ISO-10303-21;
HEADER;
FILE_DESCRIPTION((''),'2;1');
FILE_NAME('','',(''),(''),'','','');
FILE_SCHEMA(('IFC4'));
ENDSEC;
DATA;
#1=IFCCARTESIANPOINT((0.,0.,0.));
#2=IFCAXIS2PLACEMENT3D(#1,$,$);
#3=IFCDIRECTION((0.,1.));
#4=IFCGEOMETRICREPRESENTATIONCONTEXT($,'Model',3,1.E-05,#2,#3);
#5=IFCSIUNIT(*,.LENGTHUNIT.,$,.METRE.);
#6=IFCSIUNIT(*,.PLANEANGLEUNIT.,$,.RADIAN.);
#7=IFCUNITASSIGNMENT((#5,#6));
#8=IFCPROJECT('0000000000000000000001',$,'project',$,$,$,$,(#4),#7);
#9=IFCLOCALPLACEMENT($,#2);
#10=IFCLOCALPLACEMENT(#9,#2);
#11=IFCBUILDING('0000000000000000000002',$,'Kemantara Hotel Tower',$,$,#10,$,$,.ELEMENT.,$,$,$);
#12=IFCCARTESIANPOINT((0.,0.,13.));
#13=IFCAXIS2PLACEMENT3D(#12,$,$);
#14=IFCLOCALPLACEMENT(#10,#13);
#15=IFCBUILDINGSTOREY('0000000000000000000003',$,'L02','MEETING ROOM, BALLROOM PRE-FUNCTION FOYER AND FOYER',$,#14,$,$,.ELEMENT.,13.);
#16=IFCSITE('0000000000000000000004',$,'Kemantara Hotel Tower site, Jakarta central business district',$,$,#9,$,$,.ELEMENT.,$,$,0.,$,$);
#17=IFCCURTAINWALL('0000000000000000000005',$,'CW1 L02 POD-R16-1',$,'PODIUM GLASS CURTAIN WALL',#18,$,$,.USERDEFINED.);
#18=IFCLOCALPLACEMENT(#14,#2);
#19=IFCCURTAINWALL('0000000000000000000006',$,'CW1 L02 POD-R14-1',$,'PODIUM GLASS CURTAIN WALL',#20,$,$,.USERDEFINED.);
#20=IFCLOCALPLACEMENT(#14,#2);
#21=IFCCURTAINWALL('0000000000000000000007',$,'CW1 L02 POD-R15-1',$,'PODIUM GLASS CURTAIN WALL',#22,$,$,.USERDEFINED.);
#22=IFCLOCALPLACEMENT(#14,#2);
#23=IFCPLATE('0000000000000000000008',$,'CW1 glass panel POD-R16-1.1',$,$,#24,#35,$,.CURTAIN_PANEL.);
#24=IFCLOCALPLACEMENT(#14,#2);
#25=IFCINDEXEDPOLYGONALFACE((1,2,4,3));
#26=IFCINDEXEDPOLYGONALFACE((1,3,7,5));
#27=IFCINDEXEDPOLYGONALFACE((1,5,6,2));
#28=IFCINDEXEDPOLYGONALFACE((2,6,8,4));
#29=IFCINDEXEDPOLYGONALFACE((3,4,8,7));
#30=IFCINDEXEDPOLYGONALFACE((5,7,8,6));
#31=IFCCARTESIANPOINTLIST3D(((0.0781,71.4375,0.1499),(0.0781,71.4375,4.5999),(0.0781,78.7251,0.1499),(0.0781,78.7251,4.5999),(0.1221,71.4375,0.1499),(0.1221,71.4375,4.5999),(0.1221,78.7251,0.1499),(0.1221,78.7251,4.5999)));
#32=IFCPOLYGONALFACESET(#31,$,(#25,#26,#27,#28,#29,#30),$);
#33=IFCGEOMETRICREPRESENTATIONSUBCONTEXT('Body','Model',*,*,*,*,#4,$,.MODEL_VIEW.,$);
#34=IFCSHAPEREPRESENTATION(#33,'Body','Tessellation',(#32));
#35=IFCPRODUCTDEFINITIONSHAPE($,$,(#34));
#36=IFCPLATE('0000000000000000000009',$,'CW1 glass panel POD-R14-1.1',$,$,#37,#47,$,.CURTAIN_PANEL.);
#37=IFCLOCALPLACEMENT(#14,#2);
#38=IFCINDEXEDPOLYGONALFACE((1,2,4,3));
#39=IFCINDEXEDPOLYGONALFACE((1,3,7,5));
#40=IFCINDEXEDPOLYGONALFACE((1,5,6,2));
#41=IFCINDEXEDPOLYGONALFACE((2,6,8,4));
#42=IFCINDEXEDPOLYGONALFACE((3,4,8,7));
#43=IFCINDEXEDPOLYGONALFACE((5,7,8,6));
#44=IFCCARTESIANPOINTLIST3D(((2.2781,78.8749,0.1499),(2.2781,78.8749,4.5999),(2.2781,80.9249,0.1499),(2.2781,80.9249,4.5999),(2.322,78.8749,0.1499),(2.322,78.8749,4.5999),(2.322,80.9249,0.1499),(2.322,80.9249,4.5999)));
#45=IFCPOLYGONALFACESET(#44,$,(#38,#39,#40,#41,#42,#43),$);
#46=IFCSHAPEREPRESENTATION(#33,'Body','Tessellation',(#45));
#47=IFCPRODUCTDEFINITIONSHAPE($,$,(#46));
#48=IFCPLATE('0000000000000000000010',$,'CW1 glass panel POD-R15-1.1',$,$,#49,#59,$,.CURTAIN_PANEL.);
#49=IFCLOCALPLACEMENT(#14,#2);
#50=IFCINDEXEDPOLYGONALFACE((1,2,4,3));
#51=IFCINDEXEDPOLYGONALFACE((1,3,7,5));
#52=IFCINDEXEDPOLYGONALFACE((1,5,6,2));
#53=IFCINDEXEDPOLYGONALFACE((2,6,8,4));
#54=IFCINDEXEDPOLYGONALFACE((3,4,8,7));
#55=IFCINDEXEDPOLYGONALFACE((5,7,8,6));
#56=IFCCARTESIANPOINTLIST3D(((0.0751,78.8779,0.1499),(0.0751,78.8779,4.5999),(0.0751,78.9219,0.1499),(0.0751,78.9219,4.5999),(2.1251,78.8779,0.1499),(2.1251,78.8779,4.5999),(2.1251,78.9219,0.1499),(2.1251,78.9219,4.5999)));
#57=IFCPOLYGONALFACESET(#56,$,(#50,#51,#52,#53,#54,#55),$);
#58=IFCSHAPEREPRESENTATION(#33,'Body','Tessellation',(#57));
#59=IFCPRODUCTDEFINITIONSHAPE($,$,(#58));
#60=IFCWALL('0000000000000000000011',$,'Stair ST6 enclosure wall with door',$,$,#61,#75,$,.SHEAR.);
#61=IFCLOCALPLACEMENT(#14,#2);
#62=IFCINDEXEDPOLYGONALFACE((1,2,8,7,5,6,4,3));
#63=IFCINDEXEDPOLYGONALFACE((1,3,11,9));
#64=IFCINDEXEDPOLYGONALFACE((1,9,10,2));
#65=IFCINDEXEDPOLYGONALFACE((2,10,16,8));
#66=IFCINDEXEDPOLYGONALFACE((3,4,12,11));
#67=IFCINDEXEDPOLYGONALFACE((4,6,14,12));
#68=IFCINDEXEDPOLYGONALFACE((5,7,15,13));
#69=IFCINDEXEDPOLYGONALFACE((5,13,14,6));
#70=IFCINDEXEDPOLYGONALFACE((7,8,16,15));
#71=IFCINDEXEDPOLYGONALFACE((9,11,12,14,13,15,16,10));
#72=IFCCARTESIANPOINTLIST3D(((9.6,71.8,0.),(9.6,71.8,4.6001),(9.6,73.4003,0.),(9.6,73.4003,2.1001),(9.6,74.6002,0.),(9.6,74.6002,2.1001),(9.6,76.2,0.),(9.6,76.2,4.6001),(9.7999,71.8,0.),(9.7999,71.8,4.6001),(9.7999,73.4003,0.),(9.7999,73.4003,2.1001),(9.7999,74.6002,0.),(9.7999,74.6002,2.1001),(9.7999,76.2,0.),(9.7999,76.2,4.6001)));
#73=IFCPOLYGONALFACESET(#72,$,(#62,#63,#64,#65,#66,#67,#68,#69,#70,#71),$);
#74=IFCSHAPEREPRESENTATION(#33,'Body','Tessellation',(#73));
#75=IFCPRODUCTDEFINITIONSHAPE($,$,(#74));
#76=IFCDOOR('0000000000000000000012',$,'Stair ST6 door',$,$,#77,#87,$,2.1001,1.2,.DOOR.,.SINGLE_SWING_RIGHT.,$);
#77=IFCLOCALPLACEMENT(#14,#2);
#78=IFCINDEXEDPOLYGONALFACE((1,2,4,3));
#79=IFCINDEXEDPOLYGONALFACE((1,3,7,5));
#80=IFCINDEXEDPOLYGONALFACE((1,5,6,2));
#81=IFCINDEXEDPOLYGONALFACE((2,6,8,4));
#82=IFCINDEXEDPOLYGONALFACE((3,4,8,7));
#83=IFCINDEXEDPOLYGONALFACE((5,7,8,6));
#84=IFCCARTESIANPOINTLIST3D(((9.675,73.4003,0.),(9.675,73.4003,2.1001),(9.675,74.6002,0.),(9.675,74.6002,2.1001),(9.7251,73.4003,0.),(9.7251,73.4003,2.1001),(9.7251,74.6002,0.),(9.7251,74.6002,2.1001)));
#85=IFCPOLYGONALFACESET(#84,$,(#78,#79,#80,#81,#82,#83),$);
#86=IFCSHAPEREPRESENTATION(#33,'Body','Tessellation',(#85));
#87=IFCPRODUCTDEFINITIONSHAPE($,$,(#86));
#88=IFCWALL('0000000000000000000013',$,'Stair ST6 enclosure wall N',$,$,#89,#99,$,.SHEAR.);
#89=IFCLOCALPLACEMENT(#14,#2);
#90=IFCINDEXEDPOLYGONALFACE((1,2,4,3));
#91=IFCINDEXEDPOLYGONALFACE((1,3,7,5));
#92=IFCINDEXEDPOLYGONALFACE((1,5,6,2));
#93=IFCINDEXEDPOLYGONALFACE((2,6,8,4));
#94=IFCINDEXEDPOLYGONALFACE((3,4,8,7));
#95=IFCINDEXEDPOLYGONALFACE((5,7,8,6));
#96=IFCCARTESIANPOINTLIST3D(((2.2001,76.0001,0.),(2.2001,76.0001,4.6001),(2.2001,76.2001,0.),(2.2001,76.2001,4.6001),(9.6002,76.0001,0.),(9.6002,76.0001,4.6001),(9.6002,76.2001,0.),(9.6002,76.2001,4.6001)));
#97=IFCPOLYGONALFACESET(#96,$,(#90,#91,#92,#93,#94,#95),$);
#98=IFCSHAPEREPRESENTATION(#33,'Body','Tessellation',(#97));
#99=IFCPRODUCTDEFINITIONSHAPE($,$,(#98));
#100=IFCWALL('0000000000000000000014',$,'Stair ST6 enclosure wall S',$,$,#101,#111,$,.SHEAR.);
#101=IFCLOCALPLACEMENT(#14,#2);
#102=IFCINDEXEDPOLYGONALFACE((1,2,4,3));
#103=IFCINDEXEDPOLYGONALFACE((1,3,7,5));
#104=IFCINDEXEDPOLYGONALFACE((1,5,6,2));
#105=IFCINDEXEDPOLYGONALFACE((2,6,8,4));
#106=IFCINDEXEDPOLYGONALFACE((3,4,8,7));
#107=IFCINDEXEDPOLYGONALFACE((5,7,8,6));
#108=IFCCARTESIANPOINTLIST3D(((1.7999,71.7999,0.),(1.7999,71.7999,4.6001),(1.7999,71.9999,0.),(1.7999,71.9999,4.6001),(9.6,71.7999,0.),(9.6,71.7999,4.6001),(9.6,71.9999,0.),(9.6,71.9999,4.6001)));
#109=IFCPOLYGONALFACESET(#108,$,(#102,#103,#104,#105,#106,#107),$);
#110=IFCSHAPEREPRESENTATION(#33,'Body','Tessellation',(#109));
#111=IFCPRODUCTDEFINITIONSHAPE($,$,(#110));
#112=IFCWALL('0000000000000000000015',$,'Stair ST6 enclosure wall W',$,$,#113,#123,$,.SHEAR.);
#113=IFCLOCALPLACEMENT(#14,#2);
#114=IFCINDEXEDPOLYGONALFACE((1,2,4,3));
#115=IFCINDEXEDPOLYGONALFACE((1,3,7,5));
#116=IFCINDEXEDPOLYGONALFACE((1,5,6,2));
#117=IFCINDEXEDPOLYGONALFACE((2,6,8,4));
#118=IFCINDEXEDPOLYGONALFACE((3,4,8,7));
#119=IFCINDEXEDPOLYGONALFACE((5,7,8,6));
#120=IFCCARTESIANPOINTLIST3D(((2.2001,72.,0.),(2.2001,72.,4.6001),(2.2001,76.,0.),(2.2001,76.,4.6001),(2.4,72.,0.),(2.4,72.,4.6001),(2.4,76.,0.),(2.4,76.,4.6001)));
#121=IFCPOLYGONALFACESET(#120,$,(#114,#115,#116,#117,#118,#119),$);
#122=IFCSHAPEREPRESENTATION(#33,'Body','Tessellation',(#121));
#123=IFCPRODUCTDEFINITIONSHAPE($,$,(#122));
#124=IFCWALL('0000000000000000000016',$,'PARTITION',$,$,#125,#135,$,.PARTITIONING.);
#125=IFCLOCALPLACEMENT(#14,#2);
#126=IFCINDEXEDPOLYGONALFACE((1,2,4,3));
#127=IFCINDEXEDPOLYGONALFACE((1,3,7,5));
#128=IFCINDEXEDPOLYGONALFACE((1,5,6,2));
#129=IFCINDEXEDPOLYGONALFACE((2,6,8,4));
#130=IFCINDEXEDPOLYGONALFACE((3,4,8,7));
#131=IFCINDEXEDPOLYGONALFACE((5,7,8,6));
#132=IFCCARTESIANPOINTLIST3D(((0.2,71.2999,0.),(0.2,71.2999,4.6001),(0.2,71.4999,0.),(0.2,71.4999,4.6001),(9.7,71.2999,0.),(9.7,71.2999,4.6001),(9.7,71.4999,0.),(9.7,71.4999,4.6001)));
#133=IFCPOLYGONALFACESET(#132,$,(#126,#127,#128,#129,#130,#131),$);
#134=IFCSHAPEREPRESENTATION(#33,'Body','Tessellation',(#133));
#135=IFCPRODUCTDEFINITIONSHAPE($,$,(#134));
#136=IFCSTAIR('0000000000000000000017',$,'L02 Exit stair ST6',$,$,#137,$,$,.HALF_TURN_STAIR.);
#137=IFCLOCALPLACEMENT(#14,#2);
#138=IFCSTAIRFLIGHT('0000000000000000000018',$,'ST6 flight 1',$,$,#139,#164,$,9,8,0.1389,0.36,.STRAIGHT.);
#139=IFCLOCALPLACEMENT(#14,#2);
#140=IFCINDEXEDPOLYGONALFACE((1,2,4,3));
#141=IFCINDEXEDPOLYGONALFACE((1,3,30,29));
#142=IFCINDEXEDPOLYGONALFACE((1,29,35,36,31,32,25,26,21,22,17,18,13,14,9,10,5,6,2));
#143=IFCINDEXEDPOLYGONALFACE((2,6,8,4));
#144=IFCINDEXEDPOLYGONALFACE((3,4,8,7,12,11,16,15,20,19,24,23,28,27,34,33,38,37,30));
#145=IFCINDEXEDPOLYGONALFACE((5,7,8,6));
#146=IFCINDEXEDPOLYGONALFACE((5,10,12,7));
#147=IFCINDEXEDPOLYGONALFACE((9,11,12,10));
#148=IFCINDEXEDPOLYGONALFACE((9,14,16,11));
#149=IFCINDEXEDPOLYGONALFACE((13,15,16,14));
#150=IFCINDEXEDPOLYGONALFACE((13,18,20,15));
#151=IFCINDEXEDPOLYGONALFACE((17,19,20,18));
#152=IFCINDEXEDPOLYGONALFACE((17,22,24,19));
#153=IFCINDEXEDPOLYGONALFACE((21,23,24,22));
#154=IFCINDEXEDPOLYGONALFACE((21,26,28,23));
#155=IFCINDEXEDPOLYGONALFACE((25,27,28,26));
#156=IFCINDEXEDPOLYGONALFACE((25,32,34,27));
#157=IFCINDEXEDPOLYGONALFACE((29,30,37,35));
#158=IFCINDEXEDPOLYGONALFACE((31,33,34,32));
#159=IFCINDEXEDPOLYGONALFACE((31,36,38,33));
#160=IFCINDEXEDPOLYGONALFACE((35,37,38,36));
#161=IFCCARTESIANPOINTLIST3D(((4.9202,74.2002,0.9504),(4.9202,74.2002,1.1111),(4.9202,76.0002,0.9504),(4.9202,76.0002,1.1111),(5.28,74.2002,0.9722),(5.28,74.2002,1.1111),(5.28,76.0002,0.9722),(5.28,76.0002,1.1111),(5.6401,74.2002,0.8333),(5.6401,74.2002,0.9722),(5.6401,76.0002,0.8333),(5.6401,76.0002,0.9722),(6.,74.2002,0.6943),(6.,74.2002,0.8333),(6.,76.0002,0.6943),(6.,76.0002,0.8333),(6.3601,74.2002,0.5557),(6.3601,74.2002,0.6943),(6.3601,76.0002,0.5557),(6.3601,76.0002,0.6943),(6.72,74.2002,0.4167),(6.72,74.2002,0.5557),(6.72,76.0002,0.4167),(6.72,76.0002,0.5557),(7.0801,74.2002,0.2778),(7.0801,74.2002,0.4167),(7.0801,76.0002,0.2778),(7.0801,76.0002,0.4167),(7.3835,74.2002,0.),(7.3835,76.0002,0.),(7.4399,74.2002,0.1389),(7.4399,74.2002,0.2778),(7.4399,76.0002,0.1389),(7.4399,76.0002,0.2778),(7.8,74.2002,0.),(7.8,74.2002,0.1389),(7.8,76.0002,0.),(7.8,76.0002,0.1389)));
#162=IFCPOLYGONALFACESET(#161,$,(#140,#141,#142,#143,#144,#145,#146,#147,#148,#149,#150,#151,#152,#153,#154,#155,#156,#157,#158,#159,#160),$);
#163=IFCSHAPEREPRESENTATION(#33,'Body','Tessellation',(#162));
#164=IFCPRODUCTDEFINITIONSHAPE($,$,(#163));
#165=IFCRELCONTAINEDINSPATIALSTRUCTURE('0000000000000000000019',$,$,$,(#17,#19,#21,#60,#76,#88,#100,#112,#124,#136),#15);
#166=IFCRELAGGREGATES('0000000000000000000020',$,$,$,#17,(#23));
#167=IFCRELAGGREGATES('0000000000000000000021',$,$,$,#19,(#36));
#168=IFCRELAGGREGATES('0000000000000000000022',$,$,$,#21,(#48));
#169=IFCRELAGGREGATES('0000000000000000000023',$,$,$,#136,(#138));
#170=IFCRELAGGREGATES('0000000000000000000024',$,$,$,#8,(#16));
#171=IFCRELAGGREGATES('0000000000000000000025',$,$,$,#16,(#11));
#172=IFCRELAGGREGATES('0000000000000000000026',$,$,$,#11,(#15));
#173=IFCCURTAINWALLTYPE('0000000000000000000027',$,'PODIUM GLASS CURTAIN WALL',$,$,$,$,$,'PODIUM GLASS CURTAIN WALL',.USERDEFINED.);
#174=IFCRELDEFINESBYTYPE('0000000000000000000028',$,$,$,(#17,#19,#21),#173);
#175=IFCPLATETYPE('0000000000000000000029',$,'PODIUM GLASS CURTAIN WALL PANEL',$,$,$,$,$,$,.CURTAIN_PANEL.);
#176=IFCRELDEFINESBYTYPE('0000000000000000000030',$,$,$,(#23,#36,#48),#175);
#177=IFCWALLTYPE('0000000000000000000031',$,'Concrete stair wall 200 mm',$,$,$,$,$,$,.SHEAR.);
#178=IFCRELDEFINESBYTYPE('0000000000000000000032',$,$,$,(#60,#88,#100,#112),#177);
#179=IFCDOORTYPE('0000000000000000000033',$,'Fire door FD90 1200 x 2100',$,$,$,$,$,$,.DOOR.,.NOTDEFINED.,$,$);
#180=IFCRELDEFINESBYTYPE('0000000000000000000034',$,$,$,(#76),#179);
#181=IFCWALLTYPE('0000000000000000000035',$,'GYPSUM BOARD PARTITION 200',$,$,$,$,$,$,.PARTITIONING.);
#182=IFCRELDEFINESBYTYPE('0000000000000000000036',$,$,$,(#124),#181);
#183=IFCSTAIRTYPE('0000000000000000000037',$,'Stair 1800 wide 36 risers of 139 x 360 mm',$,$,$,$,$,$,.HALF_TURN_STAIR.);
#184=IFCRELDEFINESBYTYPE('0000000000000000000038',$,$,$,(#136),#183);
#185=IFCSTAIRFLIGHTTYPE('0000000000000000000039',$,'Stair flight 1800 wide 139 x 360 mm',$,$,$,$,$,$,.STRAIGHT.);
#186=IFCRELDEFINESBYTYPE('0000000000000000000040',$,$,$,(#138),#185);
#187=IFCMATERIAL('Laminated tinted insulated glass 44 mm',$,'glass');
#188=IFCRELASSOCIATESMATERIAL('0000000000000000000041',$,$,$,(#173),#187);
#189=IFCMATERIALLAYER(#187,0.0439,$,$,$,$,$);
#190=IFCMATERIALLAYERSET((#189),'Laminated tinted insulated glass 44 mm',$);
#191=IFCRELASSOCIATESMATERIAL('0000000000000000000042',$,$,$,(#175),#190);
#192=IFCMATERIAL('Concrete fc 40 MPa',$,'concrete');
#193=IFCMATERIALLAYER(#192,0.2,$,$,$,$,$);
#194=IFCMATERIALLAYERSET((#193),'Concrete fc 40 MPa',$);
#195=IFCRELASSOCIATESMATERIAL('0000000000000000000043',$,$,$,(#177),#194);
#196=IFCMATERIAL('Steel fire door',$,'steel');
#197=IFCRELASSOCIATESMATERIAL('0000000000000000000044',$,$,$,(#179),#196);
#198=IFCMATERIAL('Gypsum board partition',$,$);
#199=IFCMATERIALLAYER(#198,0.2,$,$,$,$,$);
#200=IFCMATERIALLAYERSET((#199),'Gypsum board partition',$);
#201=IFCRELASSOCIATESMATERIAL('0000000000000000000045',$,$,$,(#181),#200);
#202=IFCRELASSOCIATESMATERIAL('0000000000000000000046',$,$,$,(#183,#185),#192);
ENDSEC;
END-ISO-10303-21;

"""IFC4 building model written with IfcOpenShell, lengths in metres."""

from ifc_helpers import new_model, si_unit, direction, frame, frame_2d, origin, origin_2d, place, context, subcontext, project, spatial, polyline, rectangle, outline, extrude, source, transform, mapped, material, layer, layer_set, type_object, element, fill, aggregate, save


model = new_model("IFC4")

# Units and contexts
model_context = context("Model", 3, precision=1e-05, world=origin(), true_north=direction((0.0, 1.0)))
body_context = subcontext(model_context, "Body", "Model", "MODEL_VIEW")
ifc_project = project(units=[si_unit("LENGTHUNIT", "METRE"), si_unit("PLANEANGLEUNIT", "RADIAN")], contexts=[model_context])

# Site, building, storey
site_placement = place(None, origin())
site = spatial("IfcSite", under=ifc_project, at=site_placement, Name="Kemantara Hotel Tower site, Jakarta central business district", CompositionType="ELEMENT", RefElevation=0.0)
building_placement = place(site_placement, origin())
building = spatial("IfcBuilding", under=site, at=building_placement, Name="Kemantara Hotel Tower", CompositionType="ELEMENT")
storey_placement = place(building_placement, frame((0.0, 0.0, 13.0)))
storey = spatial("IfcBuildingStorey", under=building, at=storey_placement, Name="L02", Description="MEETING ROOM, BALLROOM PRE-FUNCTION FOYER AND FOYER", CompositionType="ELEMENT", Elevation=13.0)

# Curtain walls
ifc_material_1 = material(Name="Laminated tinted insulated glass 44 mm", Category="glass")
curtain_wall_type = type_object("IfcCurtainWallType", Name="PODIUM GLASS CURTAIN WALL", ElementType="PODIUM GLASS CURTAIN WALL", PredefinedType="USERDEFINED", material=ifc_material_1)
curtain_wall_1_placement = place(storey_placement, origin())
curtain_wall_1 = element("IfcCurtainWall", 1, at=curtain_wall_1_placement, inside=storey, type_object=curtain_wall_type, Name="CW1 L02 POD-R16-1", ObjectType="PODIUM GLASS CURTAIN WALL", PredefinedType="USERDEFINED")
curtain_wall_2_placement = place(storey_placement, origin())
curtain_wall_2 = element("IfcCurtainWall", 2, at=curtain_wall_2_placement, inside=storey, type_object=curtain_wall_type, Name="CW1 L02 POD-R14-1", ObjectType="PODIUM GLASS CURTAIN WALL", PredefinedType="USERDEFINED")
curtain_wall_3_placement = place(storey_placement, origin())
curtain_wall_3 = element("IfcCurtainWall", 3, at=curtain_wall_3_placement, inside=storey, type_object=curtain_wall_type, Name="CW1 L02 POD-R15-1", ObjectType="PODIUM GLASS CURTAIN WALL", PredefinedType="USERDEFINED")

# Plates
ifc_layer_1 = layer(ifc_material_1, 0.0439)
ifc_layer_set_1 = layer_set([ifc_layer_1], Name="Laminated tinted insulated glass 44 mm")
plate_type = type_object("IfcPlateType", Name="PODIUM GLASS CURTAIN WALL PANEL", PredefinedType="CURTAIN_PANEL", material=ifc_layer_set_1)
shared_shape_1 = source(origin(), body_context, "Body", "SweptSolid", [
    extrude(rectangle(XDim=7.2876, YDim=0.0439, at=origin_2d()), origin(), (0.0, 0.0, 1.0), 4.45),
])
plate_1_placement = place(storey_placement, frame((0.1001, 75.0813, 0.1499), z_axis=(0.0, 0.0, 1.0), x_axis=(0.0, -1.0, 0.0)))
plate_1 = element("IfcPlate", 4, at=plate_1_placement, type_object=plate_type, Name="CW1 glass panel POD-R16-1.1", PredefinedType="CURTAIN_PANEL", context=body_context, shape_type="MappedRepresentation", body=[
    mapped(shared_shape_1, transform((0.0, 0.0, 0.0))),
])
aggregate(curtain_wall_1, [plate_1])
shared_shape_2 = source(origin(), body_context, "Body", "SweptSolid", [
    extrude(rectangle(XDim=2.05, YDim=0.0439, at=origin_2d()), origin(), (0.0, 0.0, 1.0), 4.45),
])
plate_2_placement = place(storey_placement, frame((2.3, 79.8999, 0.1499), z_axis=(0.0, 0.0, 1.0), x_axis=(0.0, -1.0, 0.0)))
plate_2 = element("IfcPlate", 5, at=plate_2_placement, type_object=plate_type, Name="CW1 glass panel POD-R14-1.1", PredefinedType="CURTAIN_PANEL", context=body_context, shape_type="MappedRepresentation", body=[
    mapped(shared_shape_2, transform((0.0, 0.0, 0.0))),
])
aggregate(curtain_wall_2, [plate_2])
plate_3_placement = place(storey_placement, frame((1.1001, 78.8999, 0.1499), z_axis=(0.0, 0.0, 1.0), x_axis=(-1.0, 0.0, 0.0)))
plate_3 = element("IfcPlate", 6, at=plate_3_placement, type_object=plate_type, Name="CW1 glass panel POD-R15-1.1", PredefinedType="CURTAIN_PANEL", context=body_context, shape_type="MappedRepresentation", body=[
    mapped(shared_shape_2, transform((0.0, 0.0, 0.0))),
])
aggregate(curtain_wall_3, [plate_3])

# Wall, opening, door
ifc_material_2 = material(Name="Concrete fc 40 MPa", Category="concrete")
ifc_layer_2 = layer(ifc_material_2, 0.2)
ifc_layer_set_2 = layer_set([ifc_layer_2], Name="Concrete fc 40 MPa")
wall_type_1 = type_object("IfcWallType", Name="Concrete stair wall 200 mm", PredefinedType="SHEAR", material=ifc_layer_set_2)
wall_1_placement = place(storey_placement, frame((9.7, 71.8, 0.0), z_axis=(0.0, 0.0, 1.0), x_axis=(0.0, 1.0, 0.0)))
wall_1 = element("IfcWall", 7, at=wall_1_placement, inside=storey, type_object=wall_type_1, Name="Stair ST6 enclosure wall with door", PredefinedType="SHEAR", context=body_context, shape_type="SweptSolid", body=[
    extrude(rectangle(XDim=4.3999, YDim=0.2, at=frame_2d((2.2, 0.0))), origin(), (0.0, 0.0, 1.0), 4.6001),
])
opening_placement = place(wall_1_placement, frame((1.6001, 0.0, 0.0)))
opening = element("IfcOpeningElement", 8, at=opening_placement, cuts=wall_1, PredefinedType="OPENING", context=body_context, shape_type="SweptSolid", body=[
    extrude(rectangle(XDim=1.2, YDim=2.1001, at=frame_2d((0.6001, 1.05))), frame((0.0, 0.1099, 0.0), z_axis=(0.0, -1.0, 0.0), x_axis=(1.0, 0.0, 0.0)), (0.0, 0.0, 1.0), 0.22),
])
ifc_material_3 = material(Name="Steel fire door", Category="steel")
door_type = type_object("IfcDoorType", Name="Fire door FD90 1200 x 2100", OperationType="NOTDEFINED", PredefinedType="DOOR", material=ifc_material_3)
door_placement = place(opening_placement, origin())
door = element("IfcDoor", 9, at=door_placement, inside=storey, type_object=door_type, Name="Stair ST6 door", OperationType="SINGLE_SWING_RIGHT", OverallHeight=2.1001, OverallWidth=1.2, PredefinedType="DOOR", context=body_context, shape_type="SweptSolid", body=[
    extrude(rectangle(XDim=1.2, YDim=2.1001, at=frame_2d((0.6001, 1.05))), frame((0.0, 0.0249, 0.0), z_axis=(0.0, -1.0, 0.0), x_axis=(1.0, 0.0, 0.0)), (0.0, 0.0, 1.0), 0.05),
])
fill(opening, door)

# Walls
wall_2_placement = place(storey_placement, frame((2.2, 76.1001, 0.0), z_axis=(0.0, 0.0, 1.0), x_axis=(1.0, 0.0, 0.0)))
element("IfcWall", 10, at=wall_2_placement, inside=storey, type_object=wall_type_1, Name="Stair ST6 enclosure wall N", PredefinedType="SHEAR", context=body_context, shape_type="SweptSolid", body=[
    extrude(rectangle(XDim=7.4001, YDim=0.2, at=frame_2d((3.7002, 0.0))), origin(), (0.0, 0.0, 1.0), 4.6001),
])
wall_3_placement = place(storey_placement, frame((1.8, 71.8999, 0.0), z_axis=(0.0, 0.0, 1.0), x_axis=(1.0, 0.0, 0.0)))
element("IfcWall", 11, at=wall_3_placement, inside=storey, type_object=wall_type_1, Name="Stair ST6 enclosure wall S", PredefinedType="SHEAR", context=body_context, shape_type="SweptSolid", body=[
    extrude(rectangle(XDim=7.8, YDim=0.2, at=frame_2d((3.8999, 0.0))), origin(), (0.0, 0.0, 1.0), 4.6001),
])
wall_4_placement = place(storey_placement, frame((2.3, 72.0, 0.0), z_axis=(0.0, 0.0, 1.0), x_axis=(0.0, 1.0, 0.0)))
element("IfcWall", 12, at=wall_4_placement, inside=storey, type_object=wall_type_1, Name="Stair ST6 enclosure wall W", PredefinedType="SHEAR", context=body_context, shape_type="SweptSolid", body=[
    extrude(rectangle(XDim=4.0, YDim=0.2, at=frame_2d((2.0, 0.0))), origin(), (0.0, 0.0, 1.0), 4.6001),
])
ifc_material_4 = material(Name="Gypsum board partition")
ifc_layer_3 = layer(ifc_material_4, 0.2)
ifc_layer_set_3 = layer_set([ifc_layer_3], Name="Gypsum board partition")
wall_type_2 = type_object("IfcWallType", Name="GYPSUM BOARD PARTITION 200", PredefinedType="PARTITIONING", material=ifc_layer_set_3)
wall_5_placement = place(storey_placement, frame((0.2, 71.3999, 0.0), z_axis=(0.0, 0.0, 1.0), x_axis=(1.0, 0.0, 0.0)))
element("IfcWall", 13, at=wall_5_placement, inside=storey, type_object=wall_type_2, Name="PARTITION", PredefinedType="PARTITIONING", context=body_context, shape_type="SweptSolid", body=[
    extrude(rectangle(XDim=9.5, YDim=0.2, at=frame_2d((4.75, 0.0))), origin(), (0.0, 0.0, 1.0), 4.6001),
])

# Stair, stair flight
stair_type = type_object("IfcStairType", Name="Stair 1800 wide 36 risers of 139 x 360 mm", PredefinedType="HALF_TURN_STAIR", material=ifc_material_2)
stair_placement = place(storey_placement, origin())
stair = element("IfcStair", 14, at=stair_placement, inside=storey, type_object=stair_type, Name="L02 Exit stair ST6", PredefinedType="HALF_TURN_STAIR")
stair_flight_type = type_object("IfcStairFlightType", Name="Stair flight 1800 wide 139 x 360 mm", PredefinedType="STRAIGHT", material=ifc_material_2)
stair_flight_1_placement = place(storey_placement, frame((7.8, 75.1001, 0.0), z_axis=(0.0, 0.0, 1.0), x_axis=(-1.0, 0.0, 0.0)))
stair_flight_1 = element("IfcStairFlight", 15, at=stair_flight_1_placement, type_object=stair_flight_type, Name="ST6 flight 1", NumberOfRisers=9, NumberOfTreads=8, PredefinedType="STRAIGHT", RiserHeight=0.1389, TreadLength=0.36, context=body_context, shape_type="SweptSolid", body=[
    extrude(outline(polyline([(0.0, 0.0), (0.0, 0.1389), (0.3601, 0.1389), (0.3601, 0.2778), (0.72, 0.2778), (0.72, 0.4167), (1.0801, 0.4167), (1.0801, 0.5557), (1.4399, 0.5557), (1.4399, 0.6943), (1.8, 0.6943), (1.8, 0.8333), (2.1599, 0.8333), (2.1599, 0.9722), (2.52, 0.9722), (2.52, 1.1111), (2.8799, 1.1111), (2.8799, 1.25), (2.8799, 0.9504), (0.4165, 0.0), (0.0, 0.0)])), frame((0.0, 0.8999, 0.0), z_axis=(0.0, -1.0, 0.0), x_axis=(1.0, 0.0, 0.0)), (0.0, 0.0, 1.0), 1.8),
])
aggregate(stair, [stair_flight_1])

save(model, "model.ifc")
